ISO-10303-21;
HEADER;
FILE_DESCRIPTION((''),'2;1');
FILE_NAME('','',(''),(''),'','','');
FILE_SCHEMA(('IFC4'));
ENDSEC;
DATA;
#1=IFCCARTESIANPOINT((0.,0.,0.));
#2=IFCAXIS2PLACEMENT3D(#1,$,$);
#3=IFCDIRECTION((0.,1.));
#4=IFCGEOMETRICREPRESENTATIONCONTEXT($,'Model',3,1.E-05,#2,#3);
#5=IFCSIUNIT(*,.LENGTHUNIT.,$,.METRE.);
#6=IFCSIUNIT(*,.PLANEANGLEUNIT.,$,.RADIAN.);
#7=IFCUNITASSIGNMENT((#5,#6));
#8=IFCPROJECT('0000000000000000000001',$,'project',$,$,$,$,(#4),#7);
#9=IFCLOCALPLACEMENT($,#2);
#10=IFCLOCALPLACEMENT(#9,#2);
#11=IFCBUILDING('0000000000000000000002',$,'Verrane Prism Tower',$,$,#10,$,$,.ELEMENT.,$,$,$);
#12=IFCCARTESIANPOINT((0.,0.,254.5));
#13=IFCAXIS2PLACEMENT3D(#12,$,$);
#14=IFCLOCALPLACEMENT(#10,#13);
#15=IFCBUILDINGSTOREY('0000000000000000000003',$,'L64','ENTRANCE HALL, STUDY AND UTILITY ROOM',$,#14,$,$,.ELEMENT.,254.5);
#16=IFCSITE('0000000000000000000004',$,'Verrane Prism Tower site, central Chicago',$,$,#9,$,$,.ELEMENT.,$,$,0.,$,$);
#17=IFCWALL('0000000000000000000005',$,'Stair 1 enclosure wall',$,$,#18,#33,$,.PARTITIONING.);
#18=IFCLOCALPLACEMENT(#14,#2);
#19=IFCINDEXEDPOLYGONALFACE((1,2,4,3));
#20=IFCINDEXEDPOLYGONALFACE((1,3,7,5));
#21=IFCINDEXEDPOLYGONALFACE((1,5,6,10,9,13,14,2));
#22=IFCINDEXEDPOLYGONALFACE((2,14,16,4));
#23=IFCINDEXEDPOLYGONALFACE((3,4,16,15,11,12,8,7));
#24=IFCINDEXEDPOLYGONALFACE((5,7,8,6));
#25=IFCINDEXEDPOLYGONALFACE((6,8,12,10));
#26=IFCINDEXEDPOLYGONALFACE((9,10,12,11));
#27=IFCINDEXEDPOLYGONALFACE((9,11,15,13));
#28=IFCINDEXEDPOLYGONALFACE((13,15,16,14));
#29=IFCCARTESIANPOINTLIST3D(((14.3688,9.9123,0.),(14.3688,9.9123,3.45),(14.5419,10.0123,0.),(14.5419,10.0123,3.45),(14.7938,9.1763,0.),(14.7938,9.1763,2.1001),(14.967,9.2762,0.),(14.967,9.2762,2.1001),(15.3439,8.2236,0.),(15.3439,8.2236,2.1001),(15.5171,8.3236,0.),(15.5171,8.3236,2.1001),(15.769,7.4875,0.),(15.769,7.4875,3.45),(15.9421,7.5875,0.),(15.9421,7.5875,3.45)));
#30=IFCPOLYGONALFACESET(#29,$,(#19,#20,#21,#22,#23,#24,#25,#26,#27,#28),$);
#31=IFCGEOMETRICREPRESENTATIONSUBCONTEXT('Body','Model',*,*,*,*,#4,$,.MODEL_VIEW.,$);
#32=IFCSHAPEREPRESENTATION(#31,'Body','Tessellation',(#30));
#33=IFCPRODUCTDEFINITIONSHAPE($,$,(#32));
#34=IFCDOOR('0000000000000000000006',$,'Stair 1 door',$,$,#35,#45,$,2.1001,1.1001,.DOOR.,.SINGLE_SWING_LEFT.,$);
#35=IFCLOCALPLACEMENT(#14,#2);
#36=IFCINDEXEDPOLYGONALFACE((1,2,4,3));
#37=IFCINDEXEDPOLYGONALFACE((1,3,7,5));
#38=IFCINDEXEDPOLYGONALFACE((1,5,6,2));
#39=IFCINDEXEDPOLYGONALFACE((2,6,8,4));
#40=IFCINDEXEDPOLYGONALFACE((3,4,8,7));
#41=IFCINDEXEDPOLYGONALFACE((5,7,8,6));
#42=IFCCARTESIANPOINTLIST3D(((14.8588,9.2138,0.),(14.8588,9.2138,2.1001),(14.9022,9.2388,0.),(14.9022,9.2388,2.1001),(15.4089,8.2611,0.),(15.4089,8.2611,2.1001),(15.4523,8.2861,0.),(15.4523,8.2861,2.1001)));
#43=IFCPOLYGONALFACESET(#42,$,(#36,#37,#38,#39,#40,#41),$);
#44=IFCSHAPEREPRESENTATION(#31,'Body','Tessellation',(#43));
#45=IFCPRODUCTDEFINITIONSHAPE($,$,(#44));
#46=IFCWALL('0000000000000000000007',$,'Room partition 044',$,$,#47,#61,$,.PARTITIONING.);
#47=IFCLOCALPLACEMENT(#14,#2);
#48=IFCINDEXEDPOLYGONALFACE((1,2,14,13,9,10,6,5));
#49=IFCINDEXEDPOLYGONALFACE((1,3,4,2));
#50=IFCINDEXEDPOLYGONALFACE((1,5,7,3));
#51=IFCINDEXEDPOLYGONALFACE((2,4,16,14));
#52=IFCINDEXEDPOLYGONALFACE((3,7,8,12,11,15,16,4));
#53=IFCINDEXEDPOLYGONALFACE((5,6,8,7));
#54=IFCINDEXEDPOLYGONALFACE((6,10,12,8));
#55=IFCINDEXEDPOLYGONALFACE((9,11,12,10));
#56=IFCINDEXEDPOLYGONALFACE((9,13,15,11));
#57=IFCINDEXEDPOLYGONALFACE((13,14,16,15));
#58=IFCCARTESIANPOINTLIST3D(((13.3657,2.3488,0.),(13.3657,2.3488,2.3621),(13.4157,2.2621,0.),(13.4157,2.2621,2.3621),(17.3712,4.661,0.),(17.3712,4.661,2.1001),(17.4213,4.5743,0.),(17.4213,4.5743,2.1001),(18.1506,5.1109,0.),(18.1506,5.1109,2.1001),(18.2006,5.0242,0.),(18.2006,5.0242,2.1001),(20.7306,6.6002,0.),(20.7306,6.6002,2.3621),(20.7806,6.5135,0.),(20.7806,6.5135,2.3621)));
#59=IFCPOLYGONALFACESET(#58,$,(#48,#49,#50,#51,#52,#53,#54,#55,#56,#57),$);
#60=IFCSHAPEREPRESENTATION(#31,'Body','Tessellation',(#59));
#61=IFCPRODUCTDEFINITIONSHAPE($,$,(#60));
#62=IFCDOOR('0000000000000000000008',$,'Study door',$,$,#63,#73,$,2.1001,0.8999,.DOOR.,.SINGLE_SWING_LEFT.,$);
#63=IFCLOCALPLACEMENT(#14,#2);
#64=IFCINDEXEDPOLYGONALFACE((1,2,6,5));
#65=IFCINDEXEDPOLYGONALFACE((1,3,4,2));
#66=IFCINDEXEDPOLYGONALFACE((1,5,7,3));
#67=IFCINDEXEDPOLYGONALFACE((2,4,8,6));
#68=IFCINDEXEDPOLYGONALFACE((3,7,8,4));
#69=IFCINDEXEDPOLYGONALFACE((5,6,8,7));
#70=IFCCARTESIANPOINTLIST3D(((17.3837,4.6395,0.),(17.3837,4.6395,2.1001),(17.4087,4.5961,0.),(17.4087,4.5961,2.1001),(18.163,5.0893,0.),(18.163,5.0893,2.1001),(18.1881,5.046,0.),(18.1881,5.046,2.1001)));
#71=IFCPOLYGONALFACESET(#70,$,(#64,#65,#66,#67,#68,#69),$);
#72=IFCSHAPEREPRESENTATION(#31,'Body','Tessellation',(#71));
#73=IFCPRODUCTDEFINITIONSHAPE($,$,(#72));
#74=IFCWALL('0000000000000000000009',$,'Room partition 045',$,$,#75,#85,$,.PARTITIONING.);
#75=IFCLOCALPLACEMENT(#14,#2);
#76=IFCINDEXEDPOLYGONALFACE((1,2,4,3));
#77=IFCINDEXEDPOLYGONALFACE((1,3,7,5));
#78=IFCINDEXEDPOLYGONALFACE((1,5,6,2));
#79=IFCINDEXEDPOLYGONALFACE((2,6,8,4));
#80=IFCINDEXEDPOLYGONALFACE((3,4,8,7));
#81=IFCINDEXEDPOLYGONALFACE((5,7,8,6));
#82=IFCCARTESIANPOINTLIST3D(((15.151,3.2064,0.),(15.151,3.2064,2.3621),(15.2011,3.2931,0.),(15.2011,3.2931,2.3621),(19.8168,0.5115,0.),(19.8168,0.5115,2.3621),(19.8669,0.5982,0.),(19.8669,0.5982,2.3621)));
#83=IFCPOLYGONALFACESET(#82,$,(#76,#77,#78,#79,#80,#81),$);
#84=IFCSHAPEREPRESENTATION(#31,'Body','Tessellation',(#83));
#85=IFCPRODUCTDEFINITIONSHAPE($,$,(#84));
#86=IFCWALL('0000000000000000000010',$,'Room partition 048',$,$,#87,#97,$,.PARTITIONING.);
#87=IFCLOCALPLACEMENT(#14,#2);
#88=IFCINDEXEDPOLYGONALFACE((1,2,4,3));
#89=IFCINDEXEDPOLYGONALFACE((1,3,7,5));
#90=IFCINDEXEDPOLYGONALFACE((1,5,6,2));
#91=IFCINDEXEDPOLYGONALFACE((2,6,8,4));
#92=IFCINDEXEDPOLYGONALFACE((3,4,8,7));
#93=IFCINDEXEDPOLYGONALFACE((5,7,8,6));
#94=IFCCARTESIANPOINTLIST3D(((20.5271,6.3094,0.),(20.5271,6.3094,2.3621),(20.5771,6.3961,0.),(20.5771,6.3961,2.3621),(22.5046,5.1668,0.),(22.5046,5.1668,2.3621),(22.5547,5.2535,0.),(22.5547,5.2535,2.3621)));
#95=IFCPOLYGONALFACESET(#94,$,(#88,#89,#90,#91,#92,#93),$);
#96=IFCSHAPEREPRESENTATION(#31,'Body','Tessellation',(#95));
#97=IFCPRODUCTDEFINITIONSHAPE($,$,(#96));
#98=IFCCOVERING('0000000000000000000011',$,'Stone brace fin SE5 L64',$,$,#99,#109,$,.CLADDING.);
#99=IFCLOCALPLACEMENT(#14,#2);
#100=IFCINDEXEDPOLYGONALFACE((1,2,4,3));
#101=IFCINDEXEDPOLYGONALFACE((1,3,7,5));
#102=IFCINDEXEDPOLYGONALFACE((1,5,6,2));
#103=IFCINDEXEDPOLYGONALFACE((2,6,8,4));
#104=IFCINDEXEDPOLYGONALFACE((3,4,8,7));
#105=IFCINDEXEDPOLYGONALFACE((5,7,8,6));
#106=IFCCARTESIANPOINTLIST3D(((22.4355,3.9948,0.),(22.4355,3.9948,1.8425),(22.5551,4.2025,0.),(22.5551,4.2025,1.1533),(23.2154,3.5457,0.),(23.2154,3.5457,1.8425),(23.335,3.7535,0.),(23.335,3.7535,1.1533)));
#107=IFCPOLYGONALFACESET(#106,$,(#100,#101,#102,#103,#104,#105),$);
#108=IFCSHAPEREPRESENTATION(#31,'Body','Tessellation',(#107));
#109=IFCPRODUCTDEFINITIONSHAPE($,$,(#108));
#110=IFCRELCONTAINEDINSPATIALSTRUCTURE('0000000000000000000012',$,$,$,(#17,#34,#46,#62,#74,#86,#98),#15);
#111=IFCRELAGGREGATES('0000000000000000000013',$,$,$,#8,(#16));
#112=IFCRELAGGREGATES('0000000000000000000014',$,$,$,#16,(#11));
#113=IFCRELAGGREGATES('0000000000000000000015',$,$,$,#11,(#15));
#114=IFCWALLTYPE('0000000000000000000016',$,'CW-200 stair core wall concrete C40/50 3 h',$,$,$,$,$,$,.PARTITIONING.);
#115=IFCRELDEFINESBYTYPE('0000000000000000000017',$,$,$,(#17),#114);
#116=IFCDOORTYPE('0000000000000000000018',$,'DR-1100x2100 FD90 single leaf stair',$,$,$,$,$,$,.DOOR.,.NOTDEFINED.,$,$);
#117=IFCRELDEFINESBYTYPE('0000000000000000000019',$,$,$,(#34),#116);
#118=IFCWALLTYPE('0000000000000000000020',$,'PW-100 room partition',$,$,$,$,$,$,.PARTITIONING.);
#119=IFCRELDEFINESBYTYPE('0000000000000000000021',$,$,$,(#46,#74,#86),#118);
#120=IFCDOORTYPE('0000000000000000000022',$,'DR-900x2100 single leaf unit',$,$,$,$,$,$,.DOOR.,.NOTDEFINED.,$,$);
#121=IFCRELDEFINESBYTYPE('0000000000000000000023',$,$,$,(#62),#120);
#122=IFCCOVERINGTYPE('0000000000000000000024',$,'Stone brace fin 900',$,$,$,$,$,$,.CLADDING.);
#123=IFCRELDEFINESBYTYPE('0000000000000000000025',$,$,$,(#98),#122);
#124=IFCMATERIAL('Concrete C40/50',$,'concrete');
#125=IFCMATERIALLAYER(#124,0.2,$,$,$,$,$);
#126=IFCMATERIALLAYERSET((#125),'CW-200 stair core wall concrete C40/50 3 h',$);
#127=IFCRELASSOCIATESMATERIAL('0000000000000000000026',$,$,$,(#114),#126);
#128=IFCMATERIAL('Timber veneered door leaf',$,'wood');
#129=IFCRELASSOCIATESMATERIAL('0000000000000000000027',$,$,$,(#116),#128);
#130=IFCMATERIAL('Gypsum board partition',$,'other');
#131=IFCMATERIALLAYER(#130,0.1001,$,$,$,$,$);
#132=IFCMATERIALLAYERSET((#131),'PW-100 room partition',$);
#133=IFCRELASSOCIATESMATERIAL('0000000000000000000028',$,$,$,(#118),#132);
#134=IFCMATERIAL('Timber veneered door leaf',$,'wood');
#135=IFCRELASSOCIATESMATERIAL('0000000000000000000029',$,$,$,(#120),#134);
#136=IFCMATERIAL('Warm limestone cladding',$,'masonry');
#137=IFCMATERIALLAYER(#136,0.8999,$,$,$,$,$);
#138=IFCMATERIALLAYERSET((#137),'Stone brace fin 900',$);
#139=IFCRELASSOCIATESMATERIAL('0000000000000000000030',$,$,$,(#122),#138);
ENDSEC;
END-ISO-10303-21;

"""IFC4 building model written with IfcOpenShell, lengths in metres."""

from ifc_helpers import new_model, si_unit, direction, frame, frame_2d, origin, place, context, subcontext, project, spatial, polyline, rectangle, outline, extrude, material, layer, layer_set, type_object, element, fill, save


model = new_model("IFC4")

# Units and contexts
model_context = context("Model", 3, precision=1e-05, world=origin(), true_north=direction((0.0, 1.0)))
body_context = subcontext(model_context, "Body", "Model", "MODEL_VIEW")
ifc_project = project(units=[si_unit("LENGTHUNIT", "METRE"), si_unit("PLANEANGLEUNIT", "RADIAN")], contexts=[model_context])

# Site, building, storey
site_placement = place(None, origin())
site = spatial("IfcSite", under=ifc_project, at=site_placement, Name="Verrane Prism Tower site, central Chicago", CompositionType="ELEMENT", RefElevation=0.0)
building_placement = place(site_placement, origin())
building = spatial("IfcBuilding", under=site, at=building_placement, Name="Verrane Prism Tower", CompositionType="ELEMENT")
storey_placement = place(building_placement, frame((0.0, 0.0, 254.5)))
storey = spatial("IfcBuildingStorey", under=building, at=storey_placement, Name="L64", Description="ENTRANCE HALL, STUDY AND UTILITY ROOM", CompositionType="ELEMENT", Elevation=254.5)

# Walls, openings, doors
ifc_material_1 = material(Name="Concrete C40/50", Category="concrete")
ifc_layer_1 = layer(ifc_material_1, 0.2)
ifc_layer_set_1 = layer_set([ifc_layer_1], Name="CW-200 stair core wall concrete C40/50 3 h")
wall_type_1 = type_object("IfcWallType", Name="CW-200 stair core wall concrete C40/50 3 h", PredefinedType="PARTITIONING", material=ifc_layer_set_1)
wall_1_placement = place(storey_placement, frame((15.8555, 7.5376, 0.0), z_axis=(0.0, 0.0, 1.0), x_axis=(-0.50005, 0.865997, 0.0)))
wall_1 = element("IfcWall", 1, at=wall_1_placement, inside=storey, type_object=wall_type_1, Name="Stair 1 enclosure wall", PredefinedType="PARTITIONING", context=body_context, shape_type="SweptSolid", body=[
    extrude(rectangle(XDim=2.8, YDim=0.2, at=frame_2d((1.3999, 0.0))), origin(), (0.0, 0.0, 1.0), 3.45),
])
opening_1_placement = place(wall_1_placement, frame((0.8499, 0.0, 0.0)))
opening_1 = element("IfcOpeningElement", 2, at=opening_1_placement, cuts=wall_1, PredefinedType="OPENING", context=body_context, shape_type="SweptSolid", body=[
    extrude(rectangle(XDim=1.1001, YDim=2.1001, at=frame_2d((0.55, 1.05))), frame((0.0, 0.1099, 0.0), z_axis=(0.0, -1.0, 0.0), x_axis=(1.0, 0.0, 0.0)), (0.0, 0.0, 1.0), 0.22),
])
ifc_material_2 = material(Name="Timber veneered door leaf", Category="wood")
door_type_1 = type_object("IfcDoorType", Name="DR-1100x2100 FD90 single leaf stair", OperationType="NOTDEFINED", PredefinedType="DOOR", material=ifc_material_2)
door_1_placement = place(opening_1_placement, origin())
door_1 = element("IfcDoor", 3, at=door_1_placement, inside=storey, type_object=door_type_1, Name="Stair 1 door", OperationType="SINGLE_SWING_LEFT", OverallHeight=2.1001, OverallWidth=1.1001, PredefinedType="DOOR", context=body_context, shape_type="SweptSolid", body=[
    extrude(rectangle(XDim=1.1001, YDim=2.1001, at=frame_2d((0.55, 1.05))), frame((0.0, 0.0249, 0.0), z_axis=(0.0, -1.0, 0.0), x_axis=(1.0, 0.0, 0.0)), (0.0, 0.0, 1.0), 0.05),
])
fill(opening_1, door_1)
ifc_material_3 = material(Name="Gypsum board partition", Category="other")
ifc_layer_2 = layer(ifc_material_3, 0.1001)
ifc_layer_set_2 = layer_set([ifc_layer_2], Name="PW-100 room partition")
wall_type_2 = type_object("IfcWallType", Name="PW-100 room partition", PredefinedType="PARTITIONING", material=ifc_layer_set_2)
wall_2_placement = place(storey_placement, frame((20.7556, 6.5569, 0.0), z_axis=(0.0, 0.0, 1.0), x_axis=(-0.866062, -0.499937, 0.0)))
wall_2 = element("IfcWall", 4, at=wall_2_placement, inside=storey, type_object=wall_type_2, Name="Room partition 044", PredefinedType="PARTITIONING", context=body_context, shape_type="SweptSolid", body=[
    extrude(rectangle(XDim=8.5039, YDim=0.1001, at=frame_2d((4.252, 0.0))), origin(), (0.0, 0.0, 1.0), 2.3621),
])
opening_2_placement = place(wall_2_placement, frame((2.979, 0.0, 0.0)))
opening_2 = element("IfcOpeningElement", 5, at=opening_2_placement, cuts=wall_2, PredefinedType="OPENING", context=body_context, shape_type="SweptSolid", body=[
    extrude(rectangle(XDim=0.8999, YDim=2.1001, at=frame_2d((0.45, 1.05))), frame((0.0, 0.0601, 0.0), z_axis=(0.0, -1.0, 0.0), x_axis=(1.0, 0.0, 0.0)), (0.0, 0.0, 1.0), 0.1201),
])
ifc_material_4 = material(Name="Timber veneered door leaf", Category="wood")
door_type_2 = type_object("IfcDoorType", Name="DR-900x2100 single leaf unit", OperationType="NOTDEFINED", PredefinedType="DOOR", material=ifc_material_4)
door_2_placement = place(opening_2_placement, origin())
door_2 = element("IfcDoor", 6, at=door_2_placement, inside=storey, type_object=door_type_2, Name="Study door", OperationType="SINGLE_SWING_LEFT", OverallHeight=2.1001, OverallWidth=0.8999, PredefinedType="DOOR", context=body_context, shape_type="SweptSolid", body=[
    extrude(rectangle(XDim=0.8999, YDim=2.1001, at=frame_2d((0.45, 1.05))), frame((0.0, 0.0249, 0.0), z_axis=(0.0, -1.0, 0.0), x_axis=(1.0, 0.0, 0.0)), (0.0, 0.0, 1.0), 0.05),
])
fill(opening_2, door_2)

# Walls
wall_3_placement = place(storey_placement, frame((15.176, 3.2498, 0.0), z_axis=(0.0, 0.0, 1.0), x_axis=(0.865942, -0.500145, 0.0)))
element("IfcWall", 7, at=wall_3_placement, inside=storey, type_object=wall_type_2, Name="Room partition 045", PredefinedType="PARTITIONING", context=body_context, shape_type="SweptSolid", body=[
    extrude(rectangle(XDim=5.3882, YDim=0.1001, at=frame_2d((2.6941, 0.0))), origin(), (0.0, 0.0, 1.0), 2.3621),
])
wall_4_placement = place(storey_placement, frame((20.552, 6.3528, 0.0), z_axis=(0.0, 0.0, 1.0), x_axis=(0.865865, -0.500278, 0.0)))
element("IfcWall", 8, at=wall_4_placement, inside=storey, type_object=wall_type_2, Name="Room partition 048", PredefinedType="PARTITIONING", context=body_context, shape_type="SweptSolid", body=[
    extrude(rectangle(XDim=2.2839, YDim=0.1001, at=frame_2d((1.1421, 0.0))), origin(), (0.0, 0.0, 1.0), 2.3621),
])

# Covering
ifc_material_5 = material(Name="Warm limestone cladding", Category="masonry")
ifc_layer_3 = layer(ifc_material_5, 0.8999)
ifc_layer_set_3 = layer_set([ifc_layer_3], Name="Stone brace fin 900")
covering_type = type_object("IfcCoveringType", Name="Stone brace fin 900", PredefinedType="CLADDING", material=ifc_layer_set_3)
covering_placement = place(storey_placement, frame((22.9451, 3.978, 0.0), z_axis=(0.0, 0.0, 1.0), x_axis=(-0.498988, -0.866609, 0.0)))
element("IfcCovering", 9, at=covering_placement, inside=storey, type_object=covering_type, Name="Stone brace fin SE5 L64", PredefinedType="CLADDING", context=body_context, shape_type="SweptSolid", body=[
    extrude(outline(polyline([(0.0, 0.0), (0.2397, 0.0), (0.2397, 1.8425), (0.0, 1.1533), (0.0, 0.0)])), frame((0.0, 0.45, 0.0), z_axis=(0.0, -1.0, 0.0), x_axis=(1.0, 0.0, 0.0)), (0.0, 0.0, 1.0), 0.8999),
])

save(model, "model.ifc")
